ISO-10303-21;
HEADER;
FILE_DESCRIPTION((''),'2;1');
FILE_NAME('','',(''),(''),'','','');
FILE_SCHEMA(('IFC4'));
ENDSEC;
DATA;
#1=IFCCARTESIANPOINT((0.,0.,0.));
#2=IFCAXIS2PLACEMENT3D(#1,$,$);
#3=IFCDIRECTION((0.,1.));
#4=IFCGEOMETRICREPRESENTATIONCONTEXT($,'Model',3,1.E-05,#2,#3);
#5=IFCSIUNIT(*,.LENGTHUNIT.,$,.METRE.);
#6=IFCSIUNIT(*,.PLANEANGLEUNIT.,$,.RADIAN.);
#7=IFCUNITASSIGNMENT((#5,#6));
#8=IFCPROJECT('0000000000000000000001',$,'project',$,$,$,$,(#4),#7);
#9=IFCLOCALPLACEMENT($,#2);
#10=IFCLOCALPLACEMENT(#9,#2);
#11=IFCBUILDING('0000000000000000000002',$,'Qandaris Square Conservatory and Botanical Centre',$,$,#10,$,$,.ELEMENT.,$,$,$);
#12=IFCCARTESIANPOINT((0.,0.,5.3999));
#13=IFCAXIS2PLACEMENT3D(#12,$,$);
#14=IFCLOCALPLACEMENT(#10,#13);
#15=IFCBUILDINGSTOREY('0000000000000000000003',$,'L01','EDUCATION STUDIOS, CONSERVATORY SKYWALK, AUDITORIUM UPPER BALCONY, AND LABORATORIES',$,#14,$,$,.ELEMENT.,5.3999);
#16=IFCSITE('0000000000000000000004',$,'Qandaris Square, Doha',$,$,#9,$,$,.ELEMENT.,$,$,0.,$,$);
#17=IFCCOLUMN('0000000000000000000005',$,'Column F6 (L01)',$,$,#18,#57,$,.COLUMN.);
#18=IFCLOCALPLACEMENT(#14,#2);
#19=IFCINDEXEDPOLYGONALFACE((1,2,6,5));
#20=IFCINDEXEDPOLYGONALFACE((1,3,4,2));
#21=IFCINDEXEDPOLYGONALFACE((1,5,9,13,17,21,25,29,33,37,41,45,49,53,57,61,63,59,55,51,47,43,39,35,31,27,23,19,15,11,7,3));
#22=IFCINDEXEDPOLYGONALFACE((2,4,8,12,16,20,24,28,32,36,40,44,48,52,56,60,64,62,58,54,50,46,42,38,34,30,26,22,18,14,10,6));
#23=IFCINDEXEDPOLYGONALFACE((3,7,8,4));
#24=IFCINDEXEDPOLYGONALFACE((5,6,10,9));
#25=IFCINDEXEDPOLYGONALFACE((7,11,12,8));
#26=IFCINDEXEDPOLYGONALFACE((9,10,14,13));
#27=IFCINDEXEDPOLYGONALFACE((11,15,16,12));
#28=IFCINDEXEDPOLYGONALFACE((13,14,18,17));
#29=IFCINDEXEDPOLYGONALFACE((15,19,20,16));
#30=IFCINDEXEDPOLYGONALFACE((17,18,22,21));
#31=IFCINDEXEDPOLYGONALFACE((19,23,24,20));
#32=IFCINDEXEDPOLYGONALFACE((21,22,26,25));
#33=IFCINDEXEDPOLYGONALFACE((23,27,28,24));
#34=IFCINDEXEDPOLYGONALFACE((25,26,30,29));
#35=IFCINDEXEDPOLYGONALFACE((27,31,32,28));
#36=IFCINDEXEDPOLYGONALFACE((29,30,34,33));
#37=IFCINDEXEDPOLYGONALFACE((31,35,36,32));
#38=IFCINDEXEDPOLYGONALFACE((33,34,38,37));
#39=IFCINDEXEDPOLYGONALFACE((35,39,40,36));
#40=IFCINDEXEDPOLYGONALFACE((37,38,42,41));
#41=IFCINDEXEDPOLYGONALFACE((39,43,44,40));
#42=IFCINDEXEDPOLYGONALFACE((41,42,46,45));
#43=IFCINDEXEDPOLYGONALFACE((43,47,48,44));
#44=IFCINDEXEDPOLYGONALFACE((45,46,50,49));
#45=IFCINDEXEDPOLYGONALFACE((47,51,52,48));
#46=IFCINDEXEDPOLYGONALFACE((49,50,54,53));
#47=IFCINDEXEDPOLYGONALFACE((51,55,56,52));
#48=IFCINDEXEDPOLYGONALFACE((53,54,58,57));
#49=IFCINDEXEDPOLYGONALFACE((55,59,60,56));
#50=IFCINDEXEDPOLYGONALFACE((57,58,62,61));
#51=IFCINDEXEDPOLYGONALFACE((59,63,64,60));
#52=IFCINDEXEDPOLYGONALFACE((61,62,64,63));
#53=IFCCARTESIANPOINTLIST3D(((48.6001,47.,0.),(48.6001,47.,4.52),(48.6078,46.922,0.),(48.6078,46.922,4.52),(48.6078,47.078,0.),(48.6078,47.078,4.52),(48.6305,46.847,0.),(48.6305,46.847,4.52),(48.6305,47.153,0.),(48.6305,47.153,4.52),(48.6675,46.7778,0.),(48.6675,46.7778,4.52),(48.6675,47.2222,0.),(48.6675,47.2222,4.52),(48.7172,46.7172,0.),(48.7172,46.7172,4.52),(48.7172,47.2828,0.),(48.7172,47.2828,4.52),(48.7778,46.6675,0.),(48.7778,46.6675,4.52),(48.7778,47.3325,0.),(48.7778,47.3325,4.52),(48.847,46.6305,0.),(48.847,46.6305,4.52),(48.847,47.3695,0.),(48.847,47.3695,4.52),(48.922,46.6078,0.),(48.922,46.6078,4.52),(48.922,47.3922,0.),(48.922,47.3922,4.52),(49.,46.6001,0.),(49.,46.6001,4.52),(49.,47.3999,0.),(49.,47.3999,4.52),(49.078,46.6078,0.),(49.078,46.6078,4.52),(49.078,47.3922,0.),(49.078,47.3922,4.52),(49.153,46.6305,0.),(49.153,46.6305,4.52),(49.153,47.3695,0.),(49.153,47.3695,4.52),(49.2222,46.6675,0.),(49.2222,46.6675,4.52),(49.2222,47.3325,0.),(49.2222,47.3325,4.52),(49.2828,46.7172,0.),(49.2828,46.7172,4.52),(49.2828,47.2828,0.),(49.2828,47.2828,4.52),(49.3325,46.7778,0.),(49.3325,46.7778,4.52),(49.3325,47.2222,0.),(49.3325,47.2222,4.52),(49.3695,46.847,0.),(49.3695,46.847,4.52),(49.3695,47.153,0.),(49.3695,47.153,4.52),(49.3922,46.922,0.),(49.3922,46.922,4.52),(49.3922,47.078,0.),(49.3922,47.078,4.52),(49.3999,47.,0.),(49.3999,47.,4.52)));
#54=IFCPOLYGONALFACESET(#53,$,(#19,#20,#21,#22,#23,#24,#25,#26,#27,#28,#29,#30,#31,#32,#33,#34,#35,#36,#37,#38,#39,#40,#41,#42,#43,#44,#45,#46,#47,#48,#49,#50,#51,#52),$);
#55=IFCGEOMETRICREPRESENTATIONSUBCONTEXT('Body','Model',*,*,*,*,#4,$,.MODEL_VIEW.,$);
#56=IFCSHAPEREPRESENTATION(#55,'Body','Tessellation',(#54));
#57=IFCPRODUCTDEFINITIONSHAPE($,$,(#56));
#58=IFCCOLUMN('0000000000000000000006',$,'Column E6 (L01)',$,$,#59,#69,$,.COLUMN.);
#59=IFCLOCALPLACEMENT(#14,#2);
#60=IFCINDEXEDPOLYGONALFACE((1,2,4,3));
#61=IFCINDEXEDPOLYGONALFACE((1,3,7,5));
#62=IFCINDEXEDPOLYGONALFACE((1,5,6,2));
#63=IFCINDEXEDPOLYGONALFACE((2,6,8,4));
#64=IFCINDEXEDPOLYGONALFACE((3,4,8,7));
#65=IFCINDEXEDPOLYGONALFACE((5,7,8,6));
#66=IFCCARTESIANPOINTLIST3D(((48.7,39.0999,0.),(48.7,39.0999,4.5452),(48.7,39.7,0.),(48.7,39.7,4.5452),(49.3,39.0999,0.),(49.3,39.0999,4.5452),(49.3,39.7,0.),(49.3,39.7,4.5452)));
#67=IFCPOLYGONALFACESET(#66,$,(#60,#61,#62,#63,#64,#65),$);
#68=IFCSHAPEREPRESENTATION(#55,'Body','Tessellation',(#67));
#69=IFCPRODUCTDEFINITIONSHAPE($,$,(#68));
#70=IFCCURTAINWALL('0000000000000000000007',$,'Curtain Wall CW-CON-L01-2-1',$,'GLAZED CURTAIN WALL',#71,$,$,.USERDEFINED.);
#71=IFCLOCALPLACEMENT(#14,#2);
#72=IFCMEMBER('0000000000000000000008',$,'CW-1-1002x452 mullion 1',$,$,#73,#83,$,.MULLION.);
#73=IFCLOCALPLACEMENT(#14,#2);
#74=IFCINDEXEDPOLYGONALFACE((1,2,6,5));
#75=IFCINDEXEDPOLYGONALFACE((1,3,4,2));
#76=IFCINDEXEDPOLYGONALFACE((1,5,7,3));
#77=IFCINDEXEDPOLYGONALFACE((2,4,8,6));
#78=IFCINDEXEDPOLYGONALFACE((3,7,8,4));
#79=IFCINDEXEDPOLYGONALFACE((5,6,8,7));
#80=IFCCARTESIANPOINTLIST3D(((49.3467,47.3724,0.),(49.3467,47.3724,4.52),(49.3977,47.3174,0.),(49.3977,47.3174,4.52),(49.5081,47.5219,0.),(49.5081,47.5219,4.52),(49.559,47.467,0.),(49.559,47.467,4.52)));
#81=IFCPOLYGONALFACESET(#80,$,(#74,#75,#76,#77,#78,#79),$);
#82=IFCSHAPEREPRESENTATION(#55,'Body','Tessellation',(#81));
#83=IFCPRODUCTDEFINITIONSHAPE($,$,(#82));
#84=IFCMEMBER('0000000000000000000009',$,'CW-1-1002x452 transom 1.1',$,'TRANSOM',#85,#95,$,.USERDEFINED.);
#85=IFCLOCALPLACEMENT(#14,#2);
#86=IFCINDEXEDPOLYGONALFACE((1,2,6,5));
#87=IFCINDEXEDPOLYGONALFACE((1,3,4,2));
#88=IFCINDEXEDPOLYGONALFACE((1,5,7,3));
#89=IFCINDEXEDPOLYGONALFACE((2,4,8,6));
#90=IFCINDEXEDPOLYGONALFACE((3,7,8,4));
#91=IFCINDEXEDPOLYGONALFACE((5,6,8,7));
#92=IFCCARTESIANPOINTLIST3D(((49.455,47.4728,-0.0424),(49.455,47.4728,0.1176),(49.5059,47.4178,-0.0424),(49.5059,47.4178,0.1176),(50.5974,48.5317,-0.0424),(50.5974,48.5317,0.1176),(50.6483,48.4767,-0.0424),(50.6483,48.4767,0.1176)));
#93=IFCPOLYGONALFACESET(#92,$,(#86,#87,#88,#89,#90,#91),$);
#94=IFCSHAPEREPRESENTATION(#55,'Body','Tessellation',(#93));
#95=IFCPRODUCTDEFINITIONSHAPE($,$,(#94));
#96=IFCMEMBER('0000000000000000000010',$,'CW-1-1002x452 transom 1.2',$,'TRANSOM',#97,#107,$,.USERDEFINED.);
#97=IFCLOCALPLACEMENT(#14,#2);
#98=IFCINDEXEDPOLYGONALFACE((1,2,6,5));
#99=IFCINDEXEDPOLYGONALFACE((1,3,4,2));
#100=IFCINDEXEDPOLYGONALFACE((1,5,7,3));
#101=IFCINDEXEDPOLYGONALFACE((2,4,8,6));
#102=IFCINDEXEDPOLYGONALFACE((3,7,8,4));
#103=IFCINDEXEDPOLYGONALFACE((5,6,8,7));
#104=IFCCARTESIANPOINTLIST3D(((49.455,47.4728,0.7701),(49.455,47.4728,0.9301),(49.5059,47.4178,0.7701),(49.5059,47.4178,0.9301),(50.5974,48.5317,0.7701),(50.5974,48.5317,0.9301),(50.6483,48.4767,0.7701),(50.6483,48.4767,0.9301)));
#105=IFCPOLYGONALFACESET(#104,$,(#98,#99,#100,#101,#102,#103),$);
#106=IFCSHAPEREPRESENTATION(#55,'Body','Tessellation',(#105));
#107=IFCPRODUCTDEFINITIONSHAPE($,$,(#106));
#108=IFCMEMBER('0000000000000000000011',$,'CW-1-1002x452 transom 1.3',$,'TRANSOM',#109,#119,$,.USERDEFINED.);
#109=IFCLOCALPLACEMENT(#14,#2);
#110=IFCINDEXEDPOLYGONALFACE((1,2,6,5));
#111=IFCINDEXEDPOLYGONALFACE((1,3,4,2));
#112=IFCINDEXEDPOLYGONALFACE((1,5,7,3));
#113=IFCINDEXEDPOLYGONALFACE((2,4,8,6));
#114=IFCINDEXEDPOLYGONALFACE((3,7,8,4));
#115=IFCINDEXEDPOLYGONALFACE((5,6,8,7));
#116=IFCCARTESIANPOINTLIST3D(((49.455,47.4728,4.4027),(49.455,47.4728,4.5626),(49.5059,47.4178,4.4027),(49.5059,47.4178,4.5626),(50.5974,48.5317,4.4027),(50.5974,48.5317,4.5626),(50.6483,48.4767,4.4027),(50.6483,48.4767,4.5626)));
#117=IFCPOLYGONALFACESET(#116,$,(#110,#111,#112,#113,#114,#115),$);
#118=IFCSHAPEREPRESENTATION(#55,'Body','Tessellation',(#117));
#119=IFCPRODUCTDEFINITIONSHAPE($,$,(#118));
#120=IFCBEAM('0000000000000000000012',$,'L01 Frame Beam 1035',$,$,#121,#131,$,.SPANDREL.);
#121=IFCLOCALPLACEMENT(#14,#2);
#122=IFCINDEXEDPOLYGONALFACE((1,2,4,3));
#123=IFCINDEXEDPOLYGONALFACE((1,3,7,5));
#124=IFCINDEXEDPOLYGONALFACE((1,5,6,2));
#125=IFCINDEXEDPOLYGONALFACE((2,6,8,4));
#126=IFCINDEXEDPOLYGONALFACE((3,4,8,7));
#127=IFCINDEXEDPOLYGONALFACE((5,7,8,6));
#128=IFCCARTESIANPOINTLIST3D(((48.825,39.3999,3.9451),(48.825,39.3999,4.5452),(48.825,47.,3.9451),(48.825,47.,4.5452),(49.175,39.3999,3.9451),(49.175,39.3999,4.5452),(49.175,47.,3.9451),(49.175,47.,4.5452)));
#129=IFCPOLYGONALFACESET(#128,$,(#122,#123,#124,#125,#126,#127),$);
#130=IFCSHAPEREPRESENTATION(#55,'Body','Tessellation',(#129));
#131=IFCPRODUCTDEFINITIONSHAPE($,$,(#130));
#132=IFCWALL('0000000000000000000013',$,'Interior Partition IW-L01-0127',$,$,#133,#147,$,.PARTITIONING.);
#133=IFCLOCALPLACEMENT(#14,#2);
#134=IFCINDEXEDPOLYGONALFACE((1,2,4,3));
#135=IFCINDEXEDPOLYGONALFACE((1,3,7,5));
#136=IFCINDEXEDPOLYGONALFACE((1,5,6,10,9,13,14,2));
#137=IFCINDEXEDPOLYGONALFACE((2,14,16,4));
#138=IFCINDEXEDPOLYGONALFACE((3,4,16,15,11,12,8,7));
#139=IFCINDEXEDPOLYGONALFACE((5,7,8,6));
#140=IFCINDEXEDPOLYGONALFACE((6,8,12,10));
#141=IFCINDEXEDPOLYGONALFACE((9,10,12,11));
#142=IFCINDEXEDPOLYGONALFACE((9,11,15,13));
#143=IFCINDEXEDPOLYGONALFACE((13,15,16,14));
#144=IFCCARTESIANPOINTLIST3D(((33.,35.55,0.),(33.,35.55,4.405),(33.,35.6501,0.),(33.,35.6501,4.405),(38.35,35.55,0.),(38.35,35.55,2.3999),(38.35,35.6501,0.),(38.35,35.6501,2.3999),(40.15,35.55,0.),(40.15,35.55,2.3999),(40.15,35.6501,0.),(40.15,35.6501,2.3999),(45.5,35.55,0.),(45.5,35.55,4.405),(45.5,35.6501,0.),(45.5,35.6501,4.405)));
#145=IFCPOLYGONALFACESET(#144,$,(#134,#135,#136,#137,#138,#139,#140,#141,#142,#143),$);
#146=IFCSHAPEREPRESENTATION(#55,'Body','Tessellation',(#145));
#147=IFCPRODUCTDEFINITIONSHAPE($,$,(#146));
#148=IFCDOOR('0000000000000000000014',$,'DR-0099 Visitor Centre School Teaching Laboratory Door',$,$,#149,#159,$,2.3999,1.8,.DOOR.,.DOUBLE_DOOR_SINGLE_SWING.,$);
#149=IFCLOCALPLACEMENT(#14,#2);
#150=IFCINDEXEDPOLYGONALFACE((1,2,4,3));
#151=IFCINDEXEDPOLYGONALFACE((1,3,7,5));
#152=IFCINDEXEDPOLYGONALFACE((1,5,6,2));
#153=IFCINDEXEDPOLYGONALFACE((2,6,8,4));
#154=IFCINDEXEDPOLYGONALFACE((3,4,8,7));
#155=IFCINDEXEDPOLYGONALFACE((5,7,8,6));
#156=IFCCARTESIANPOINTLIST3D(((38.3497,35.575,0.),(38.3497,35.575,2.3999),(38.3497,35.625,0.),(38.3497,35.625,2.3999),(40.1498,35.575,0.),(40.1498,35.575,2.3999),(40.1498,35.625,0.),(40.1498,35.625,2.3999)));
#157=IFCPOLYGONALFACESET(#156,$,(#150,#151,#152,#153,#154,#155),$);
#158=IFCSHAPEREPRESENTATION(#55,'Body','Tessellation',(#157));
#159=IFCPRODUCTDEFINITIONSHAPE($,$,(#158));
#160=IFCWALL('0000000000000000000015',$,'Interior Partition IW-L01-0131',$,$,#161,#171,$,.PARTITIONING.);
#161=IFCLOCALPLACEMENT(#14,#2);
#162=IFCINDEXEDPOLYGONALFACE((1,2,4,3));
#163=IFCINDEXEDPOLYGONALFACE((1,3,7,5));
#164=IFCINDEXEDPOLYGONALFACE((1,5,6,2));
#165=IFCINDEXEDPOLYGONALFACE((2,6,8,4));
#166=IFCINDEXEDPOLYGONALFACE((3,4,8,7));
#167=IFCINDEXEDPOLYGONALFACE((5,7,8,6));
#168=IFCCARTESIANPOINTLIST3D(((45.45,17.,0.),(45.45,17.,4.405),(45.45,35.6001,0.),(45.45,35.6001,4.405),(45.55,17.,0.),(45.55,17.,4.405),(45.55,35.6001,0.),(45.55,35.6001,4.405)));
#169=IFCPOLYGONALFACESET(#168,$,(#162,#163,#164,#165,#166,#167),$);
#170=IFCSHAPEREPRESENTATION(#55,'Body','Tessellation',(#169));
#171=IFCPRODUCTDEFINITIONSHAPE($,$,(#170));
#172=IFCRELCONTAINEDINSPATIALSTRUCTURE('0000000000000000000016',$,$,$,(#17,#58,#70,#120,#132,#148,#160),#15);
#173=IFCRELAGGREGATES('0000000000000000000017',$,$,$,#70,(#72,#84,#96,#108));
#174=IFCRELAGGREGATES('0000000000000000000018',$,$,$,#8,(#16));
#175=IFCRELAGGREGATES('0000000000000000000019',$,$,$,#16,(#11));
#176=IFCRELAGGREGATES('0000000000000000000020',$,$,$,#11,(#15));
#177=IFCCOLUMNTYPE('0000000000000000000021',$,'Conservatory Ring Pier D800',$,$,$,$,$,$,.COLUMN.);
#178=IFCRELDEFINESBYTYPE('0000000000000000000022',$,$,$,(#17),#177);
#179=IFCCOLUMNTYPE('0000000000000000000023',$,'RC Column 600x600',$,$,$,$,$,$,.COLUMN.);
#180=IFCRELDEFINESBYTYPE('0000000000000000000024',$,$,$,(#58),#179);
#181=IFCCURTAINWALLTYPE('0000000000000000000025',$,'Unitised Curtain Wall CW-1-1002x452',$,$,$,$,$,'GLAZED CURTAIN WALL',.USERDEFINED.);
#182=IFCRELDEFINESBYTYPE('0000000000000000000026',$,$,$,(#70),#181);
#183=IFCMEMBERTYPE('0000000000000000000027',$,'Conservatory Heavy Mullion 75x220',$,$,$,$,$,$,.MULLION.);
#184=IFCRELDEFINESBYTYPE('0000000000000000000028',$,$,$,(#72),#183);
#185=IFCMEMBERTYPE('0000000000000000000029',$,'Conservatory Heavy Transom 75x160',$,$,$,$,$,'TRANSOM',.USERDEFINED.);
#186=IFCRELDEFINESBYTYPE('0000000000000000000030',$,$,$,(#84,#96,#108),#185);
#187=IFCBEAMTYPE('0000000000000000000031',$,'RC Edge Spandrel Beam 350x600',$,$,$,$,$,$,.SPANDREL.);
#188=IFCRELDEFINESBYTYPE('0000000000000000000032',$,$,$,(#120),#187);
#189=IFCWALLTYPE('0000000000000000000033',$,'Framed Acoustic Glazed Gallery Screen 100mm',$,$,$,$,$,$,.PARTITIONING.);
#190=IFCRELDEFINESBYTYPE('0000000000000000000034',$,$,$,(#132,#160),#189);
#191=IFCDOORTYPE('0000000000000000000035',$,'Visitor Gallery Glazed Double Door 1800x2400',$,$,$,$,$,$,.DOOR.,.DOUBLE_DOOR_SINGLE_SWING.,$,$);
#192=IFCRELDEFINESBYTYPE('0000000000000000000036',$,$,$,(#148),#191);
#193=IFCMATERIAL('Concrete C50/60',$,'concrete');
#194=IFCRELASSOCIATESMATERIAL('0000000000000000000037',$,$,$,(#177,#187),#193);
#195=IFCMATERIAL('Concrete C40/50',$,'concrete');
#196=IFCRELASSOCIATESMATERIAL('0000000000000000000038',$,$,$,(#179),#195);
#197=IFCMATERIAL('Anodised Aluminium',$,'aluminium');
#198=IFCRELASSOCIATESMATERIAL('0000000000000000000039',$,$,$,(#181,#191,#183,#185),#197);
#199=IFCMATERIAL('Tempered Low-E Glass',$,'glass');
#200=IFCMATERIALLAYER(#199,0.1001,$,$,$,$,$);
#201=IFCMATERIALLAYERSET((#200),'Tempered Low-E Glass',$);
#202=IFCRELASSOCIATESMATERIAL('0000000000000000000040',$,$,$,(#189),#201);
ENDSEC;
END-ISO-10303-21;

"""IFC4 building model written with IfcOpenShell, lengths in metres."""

from ifc_helpers import new_model, si_unit, direction, frame, frame_2d, origin, origin_2d, place, context, subcontext, project, spatial, rectangle, circle, extrude, material, layer, layer_set, material_profile, profile_set, type_object, element, fill, aggregate, save


model = new_model("IFC4")

# Units and contexts
model_context = context("Model", 3, precision=1e-05, world=origin(), true_north=direction((0.0, 1.0)))
body_context = subcontext(model_context, "Body", "Model", "MODEL_VIEW")
ifc_project = project(units=[si_unit("LENGTHUNIT", "METRE"), si_unit("PLANEANGLEUNIT", "RADIAN")], contexts=[model_context])

# Site, building, storey
site_placement = place(None, origin())
site = spatial("IfcSite", under=ifc_project, at=site_placement, Name="Qandaris Square, Doha", CompositionType="ELEMENT", RefElevation=0.0)
building_placement = place(site_placement, origin())
building = spatial("IfcBuilding", under=site, at=building_placement, Name="Qandaris Square Conservatory and Botanical Centre", CompositionType="ELEMENT")
storey_placement = place(building_placement, frame((0.0, 0.0, 5.3999)))
storey = spatial("IfcBuildingStorey", under=building, at=storey_placement, Name="L01", Description="EDUCATION STUDIOS, CONSERVATORY SKYWALK, AUDITORIUM UPPER BALCONY, AND LABORATORIES", CompositionType="ELEMENT", Elevation=5.3999)

# Columns
ifc_material_1 = material(Name="Concrete C50/60", Category="concrete")
ifc_material_profile_1 = material_profile(ifc_material_1, circle(Radius=0.3999, at=origin_2d()), Name="RC-COL D800")
ifc_profile_set_1 = profile_set([ifc_material_profile_1], Name="Concrete C50/60")
column_type_1 = type_object("IfcColumnType", Name="Conservatory Ring Pier D800", PredefinedType="COLUMN", material=ifc_profile_set_1)
column_1_placement = place(storey_placement, frame((49.0, 47.0, 0.0), z_axis=(0.0, 0.0, 1.0), x_axis=(1.0, 0.0, 0.0)))
element("IfcColumn", 1, at=column_1_placement, inside=storey, type_object=column_type_1, Name="Column F6 (L01)", PredefinedType="COLUMN", context=body_context, shape_type="SweptSolid", body=[
    extrude(circle(Radius=0.3999, at=origin_2d()), origin(), (0.0, 0.0, 1.0), 4.52),
])
ifc_material_2 = material(Name="Concrete C40/50", Category="concrete")
ifc_material_profile_2 = material_profile(ifc_material_2, rectangle(XDim=0.6001, YDim=0.6001, at=origin_2d()), Name="RC-COL 600x600")
ifc_profile_set_2 = profile_set([ifc_material_profile_2], Name="Concrete C40/50")
column_type_2 = type_object("IfcColumnType", Name="RC Column 600x600", PredefinedType="COLUMN", material=ifc_profile_set_2)
column_2_placement = place(storey_placement, frame((49.0, 39.3999, 0.0), z_axis=(0.0, 0.0, 1.0), x_axis=(1.0, 0.0, 0.0)))
element("IfcColumn", 2, at=column_2_placement, inside=storey, type_object=column_type_2, Name="Column E6 (L01)", PredefinedType="COLUMN", context=body_context, shape_type="SweptSolid", body=[
    extrude(rectangle(XDim=0.6001, YDim=0.6001, at=origin_2d()), origin(), (0.0, 0.0, 1.0), 4.5452),
])

# Curtain wall, members
ifc_material_3 = material(Name="Anodised Aluminium", Category="aluminium")
curtain_wall_type = type_object("IfcCurtainWallType", Name="Unitised Curtain Wall CW-1-1002x452", ElementType="GLAZED CURTAIN WALL", PredefinedType="USERDEFINED", material=ifc_material_3)
curtain_wall_placement = place(storey_placement, origin())
curtain_wall = element("IfcCurtainWall", 3, at=curtain_wall_placement, inside=storey, type_object=curtain_wall_type, Name="Curtain Wall CW-CON-L01-2-1", ObjectType="GLAZED CURTAIN WALL", PredefinedType="USERDEFINED")
ifc_material_profile_3 = material_profile(ifc_material_3, rectangle(XDim=0.075, YDim=0.22, at=origin_2d()), Name="ALU-MUL 75x220")
ifc_profile_set_3 = profile_set([ifc_material_profile_3], Name="Anodised Aluminium")
member_type_1 = type_object("IfcMemberType", Name="Conservatory Heavy Mullion 75x220", PredefinedType="MULLION", material=ifc_profile_set_3)
member_1_placement = place(storey_placement, frame((49.4529, 47.4197, 0.0), z_axis=(0.0, 0.0, 1.0), x_axis=(-0.679762, 0.733433, 0.0)))
member_1 = element("IfcMember", 4, at=member_1_placement, type_object=member_type_1, Name="CW-1-1002x452 mullion 1", PredefinedType="MULLION", context=body_context, shape_type="SweptSolid", body=[
    extrude(rectangle(XDim=0.075, YDim=0.22, at=origin_2d()), origin(), (0.0, 0.0, 1.0), 4.52),
])
ifc_material_profile_4 = material_profile(ifc_material_3, rectangle(XDim=0.075, YDim=0.1599, at=origin_2d()), Name="ALU-TRN 75x160")
ifc_profile_set_4 = profile_set([ifc_material_profile_4], Name="Anodised Aluminium")
member_type_2 = type_object("IfcMemberType", Name="Conservatory Heavy Transom 75x160", ElementType="TRANSOM", PredefinedType="USERDEFINED", material=ifc_profile_set_4)
member_2_placement = place(storey_placement, frame((49.4805, 47.4453, 0.0376), z_axis=(0.733402, 0.679796, 0.0), x_axis=(-0.679796, 0.733402, 0.0)))
member_2 = element("IfcMember", 5, at=member_2_placement, type_object=member_type_2, Name="CW-1-1002x452 transom 1.1", ObjectType="TRANSOM", PredefinedType="USERDEFINED", context=body_context, shape_type="SweptSolid", body=[
    extrude(rectangle(XDim=0.075, YDim=0.1599, at=origin_2d()), origin(), (0.0, 0.0, 1.0), 1.5576),
])
member_3_placement = place(storey_placement, frame((49.4805, 47.4453, 0.8501), z_axis=(0.733402, 0.679796, 0.0), x_axis=(-0.679796, 0.733402, 0.0)))
member_3 = element("IfcMember", 6, at=member_3_placement, type_object=member_type_2, Name="CW-1-1002x452 transom 1.2", ObjectType="TRANSOM", PredefinedType="USERDEFINED", context=body_context, shape_type="SweptSolid", body=[
    extrude(rectangle(XDim=0.075, YDim=0.1599, at=origin_2d()), origin(), (0.0, 0.0, 1.0), 1.5576),
])
member_4_placement = place(storey_placement, frame((49.4805, 47.4453, 4.4827), z_axis=(0.733402, 0.679796, 0.0), x_axis=(-0.679796, 0.733402, 0.0)))
member_4 = element("IfcMember", 7, at=member_4_placement, type_object=member_type_2, Name="CW-1-1002x452 transom 1.3", ObjectType="TRANSOM", PredefinedType="USERDEFINED", context=body_context, shape_type="SweptSolid", body=[
    extrude(rectangle(XDim=0.075, YDim=0.1599, at=origin_2d()), origin(), (0.0, 0.0, 1.0), 1.5576),
])
aggregate(curtain_wall, [member_1, member_2, member_3, member_4])

# Beam
ifc_material_profile_5 = material_profile(ifc_material_1, rectangle(XDim=0.3501, YDim=0.6001, at=origin_2d()), Name="RC-SP 350x600")
ifc_profile_set_5 = profile_set([ifc_material_profile_5], Name="Concrete C50/60")
beam_type = type_object("IfcBeamType", Name="RC Edge Spandrel Beam 350x600", PredefinedType="SPANDREL", material=ifc_profile_set_5)
beam_placement = place(storey_placement, frame((49.0, 39.3999, 4.2451), z_axis=(0.0, 1.0, 0.0), x_axis=(-1.0, 0.0, 0.0)))
element("IfcBeam", 8, at=beam_placement, inside=storey, type_object=beam_type, Name="L01 Frame Beam 1035", PredefinedType="SPANDREL", context=body_context, shape_type="SweptSolid", body=[
    extrude(rectangle(XDim=0.3501, YDim=0.6001, at=origin_2d()), origin(), (0.0, 0.0, 1.0), 7.6001),
])

# Wall, opening, door
ifc_material_4 = material(Name="Tempered Low-E Glass", Category="glass")
ifc_layer_1 = layer(ifc_material_4, 0.1001)
ifc_layer_set_1 = layer_set([ifc_layer_1], Name="Tempered Low-E Glass")
wall_type_1 = type_object("IfcWallType", Name="Framed Acoustic Glazed Gallery Screen 100mm", PredefinedType="PARTITIONING", material=ifc_layer_set_1)
wall_1_placement = place(storey_placement, frame((45.5, 35.6001, 0.0), z_axis=(0.0, 0.0, 1.0), x_axis=(-1.0, 0.0, 0.0)))
wall_1 = element("IfcWall", 9, at=wall_1_placement, inside=storey, type_object=wall_type_1, Name="Interior Partition IW-L01-0127", PredefinedType="PARTITIONING", context=body_context, shape_type="SweptSolid", body=[
    extrude(rectangle(XDim=12.5, YDim=0.1001, at=frame_2d((6.25, 0.0))), origin(), (0.0, 0.0, 1.0), 4.405),
])
opening_1_placement = place(wall_1_placement, frame((5.3501, 0.0, 0.0)))
opening_1 = element("IfcOpeningElement", 10, at=opening_1_placement, cuts=wall_1, PredefinedType="OPENING", context=body_context, shape_type="SweptSolid", body=[
    extrude(rectangle(XDim=1.8, YDim=2.3999, at=frame_2d((0.8999, 1.2))), frame((0.0, 0.062, 0.0), z_axis=(0.0, -1.0, 0.0), x_axis=(1.0, 0.0, 0.0)), (0.0, 0.0, 1.0), 0.124),
])
door_type_1 = type_object("IfcDoorType", Name="Visitor Gallery Glazed Double Door 1800x2400", OperationType="DOUBLE_DOOR_SINGLE_SWING", PredefinedType="DOOR", material=ifc_material_3)
door_1_placement = place(opening_1_placement, frame((1.8, 0.0, 0.0), z_axis=(0.0, 0.0, 1.0), x_axis=(-1.0, 0.0, 0.0)))
door_1 = element("IfcDoor", 11, at=door_1_placement, inside=storey, type_object=door_type_1, Name="DR-0099 Visitor Centre School Teaching Laboratory Door", OperationType="DOUBLE_DOOR_SINGLE_SWING", OverallHeight=2.3999, OverallWidth=1.8, PredefinedType="DOOR", context=body_context, shape_type="SweptSolid", body=[
    extrude(rectangle(XDim=1.8, YDim=2.3999, at=frame_2d((0.8999, 1.2))), frame((0.0, 0.0249, 0.0), z_axis=(0.0, -1.0, 0.0), x_axis=(1.0, 0.0, 0.0)), (0.0, 0.0, 1.0), 0.05),
])
fill(opening_1, door_1)

# Wall
wall_2_placement = place(storey_placement, frame((45.5, 35.6001, 0.0), z_axis=(0.0, 0.0, 1.0), x_axis=(0.0, -1.0, 0.0)))
element("IfcWall", 12, at=wall_2_placement, inside=storey, type_object=wall_type_1, Name="Interior Partition IW-L01-0131", PredefinedType="PARTITIONING", context=body_context, shape_type="SweptSolid", body=[
    extrude(rectangle(XDim=18.6001, YDim=0.1001, at=frame_2d((9.3, 0.0))), origin(), (0.0, 0.0, 1.0), 4.405),
])

save(model, "model.ifc")
